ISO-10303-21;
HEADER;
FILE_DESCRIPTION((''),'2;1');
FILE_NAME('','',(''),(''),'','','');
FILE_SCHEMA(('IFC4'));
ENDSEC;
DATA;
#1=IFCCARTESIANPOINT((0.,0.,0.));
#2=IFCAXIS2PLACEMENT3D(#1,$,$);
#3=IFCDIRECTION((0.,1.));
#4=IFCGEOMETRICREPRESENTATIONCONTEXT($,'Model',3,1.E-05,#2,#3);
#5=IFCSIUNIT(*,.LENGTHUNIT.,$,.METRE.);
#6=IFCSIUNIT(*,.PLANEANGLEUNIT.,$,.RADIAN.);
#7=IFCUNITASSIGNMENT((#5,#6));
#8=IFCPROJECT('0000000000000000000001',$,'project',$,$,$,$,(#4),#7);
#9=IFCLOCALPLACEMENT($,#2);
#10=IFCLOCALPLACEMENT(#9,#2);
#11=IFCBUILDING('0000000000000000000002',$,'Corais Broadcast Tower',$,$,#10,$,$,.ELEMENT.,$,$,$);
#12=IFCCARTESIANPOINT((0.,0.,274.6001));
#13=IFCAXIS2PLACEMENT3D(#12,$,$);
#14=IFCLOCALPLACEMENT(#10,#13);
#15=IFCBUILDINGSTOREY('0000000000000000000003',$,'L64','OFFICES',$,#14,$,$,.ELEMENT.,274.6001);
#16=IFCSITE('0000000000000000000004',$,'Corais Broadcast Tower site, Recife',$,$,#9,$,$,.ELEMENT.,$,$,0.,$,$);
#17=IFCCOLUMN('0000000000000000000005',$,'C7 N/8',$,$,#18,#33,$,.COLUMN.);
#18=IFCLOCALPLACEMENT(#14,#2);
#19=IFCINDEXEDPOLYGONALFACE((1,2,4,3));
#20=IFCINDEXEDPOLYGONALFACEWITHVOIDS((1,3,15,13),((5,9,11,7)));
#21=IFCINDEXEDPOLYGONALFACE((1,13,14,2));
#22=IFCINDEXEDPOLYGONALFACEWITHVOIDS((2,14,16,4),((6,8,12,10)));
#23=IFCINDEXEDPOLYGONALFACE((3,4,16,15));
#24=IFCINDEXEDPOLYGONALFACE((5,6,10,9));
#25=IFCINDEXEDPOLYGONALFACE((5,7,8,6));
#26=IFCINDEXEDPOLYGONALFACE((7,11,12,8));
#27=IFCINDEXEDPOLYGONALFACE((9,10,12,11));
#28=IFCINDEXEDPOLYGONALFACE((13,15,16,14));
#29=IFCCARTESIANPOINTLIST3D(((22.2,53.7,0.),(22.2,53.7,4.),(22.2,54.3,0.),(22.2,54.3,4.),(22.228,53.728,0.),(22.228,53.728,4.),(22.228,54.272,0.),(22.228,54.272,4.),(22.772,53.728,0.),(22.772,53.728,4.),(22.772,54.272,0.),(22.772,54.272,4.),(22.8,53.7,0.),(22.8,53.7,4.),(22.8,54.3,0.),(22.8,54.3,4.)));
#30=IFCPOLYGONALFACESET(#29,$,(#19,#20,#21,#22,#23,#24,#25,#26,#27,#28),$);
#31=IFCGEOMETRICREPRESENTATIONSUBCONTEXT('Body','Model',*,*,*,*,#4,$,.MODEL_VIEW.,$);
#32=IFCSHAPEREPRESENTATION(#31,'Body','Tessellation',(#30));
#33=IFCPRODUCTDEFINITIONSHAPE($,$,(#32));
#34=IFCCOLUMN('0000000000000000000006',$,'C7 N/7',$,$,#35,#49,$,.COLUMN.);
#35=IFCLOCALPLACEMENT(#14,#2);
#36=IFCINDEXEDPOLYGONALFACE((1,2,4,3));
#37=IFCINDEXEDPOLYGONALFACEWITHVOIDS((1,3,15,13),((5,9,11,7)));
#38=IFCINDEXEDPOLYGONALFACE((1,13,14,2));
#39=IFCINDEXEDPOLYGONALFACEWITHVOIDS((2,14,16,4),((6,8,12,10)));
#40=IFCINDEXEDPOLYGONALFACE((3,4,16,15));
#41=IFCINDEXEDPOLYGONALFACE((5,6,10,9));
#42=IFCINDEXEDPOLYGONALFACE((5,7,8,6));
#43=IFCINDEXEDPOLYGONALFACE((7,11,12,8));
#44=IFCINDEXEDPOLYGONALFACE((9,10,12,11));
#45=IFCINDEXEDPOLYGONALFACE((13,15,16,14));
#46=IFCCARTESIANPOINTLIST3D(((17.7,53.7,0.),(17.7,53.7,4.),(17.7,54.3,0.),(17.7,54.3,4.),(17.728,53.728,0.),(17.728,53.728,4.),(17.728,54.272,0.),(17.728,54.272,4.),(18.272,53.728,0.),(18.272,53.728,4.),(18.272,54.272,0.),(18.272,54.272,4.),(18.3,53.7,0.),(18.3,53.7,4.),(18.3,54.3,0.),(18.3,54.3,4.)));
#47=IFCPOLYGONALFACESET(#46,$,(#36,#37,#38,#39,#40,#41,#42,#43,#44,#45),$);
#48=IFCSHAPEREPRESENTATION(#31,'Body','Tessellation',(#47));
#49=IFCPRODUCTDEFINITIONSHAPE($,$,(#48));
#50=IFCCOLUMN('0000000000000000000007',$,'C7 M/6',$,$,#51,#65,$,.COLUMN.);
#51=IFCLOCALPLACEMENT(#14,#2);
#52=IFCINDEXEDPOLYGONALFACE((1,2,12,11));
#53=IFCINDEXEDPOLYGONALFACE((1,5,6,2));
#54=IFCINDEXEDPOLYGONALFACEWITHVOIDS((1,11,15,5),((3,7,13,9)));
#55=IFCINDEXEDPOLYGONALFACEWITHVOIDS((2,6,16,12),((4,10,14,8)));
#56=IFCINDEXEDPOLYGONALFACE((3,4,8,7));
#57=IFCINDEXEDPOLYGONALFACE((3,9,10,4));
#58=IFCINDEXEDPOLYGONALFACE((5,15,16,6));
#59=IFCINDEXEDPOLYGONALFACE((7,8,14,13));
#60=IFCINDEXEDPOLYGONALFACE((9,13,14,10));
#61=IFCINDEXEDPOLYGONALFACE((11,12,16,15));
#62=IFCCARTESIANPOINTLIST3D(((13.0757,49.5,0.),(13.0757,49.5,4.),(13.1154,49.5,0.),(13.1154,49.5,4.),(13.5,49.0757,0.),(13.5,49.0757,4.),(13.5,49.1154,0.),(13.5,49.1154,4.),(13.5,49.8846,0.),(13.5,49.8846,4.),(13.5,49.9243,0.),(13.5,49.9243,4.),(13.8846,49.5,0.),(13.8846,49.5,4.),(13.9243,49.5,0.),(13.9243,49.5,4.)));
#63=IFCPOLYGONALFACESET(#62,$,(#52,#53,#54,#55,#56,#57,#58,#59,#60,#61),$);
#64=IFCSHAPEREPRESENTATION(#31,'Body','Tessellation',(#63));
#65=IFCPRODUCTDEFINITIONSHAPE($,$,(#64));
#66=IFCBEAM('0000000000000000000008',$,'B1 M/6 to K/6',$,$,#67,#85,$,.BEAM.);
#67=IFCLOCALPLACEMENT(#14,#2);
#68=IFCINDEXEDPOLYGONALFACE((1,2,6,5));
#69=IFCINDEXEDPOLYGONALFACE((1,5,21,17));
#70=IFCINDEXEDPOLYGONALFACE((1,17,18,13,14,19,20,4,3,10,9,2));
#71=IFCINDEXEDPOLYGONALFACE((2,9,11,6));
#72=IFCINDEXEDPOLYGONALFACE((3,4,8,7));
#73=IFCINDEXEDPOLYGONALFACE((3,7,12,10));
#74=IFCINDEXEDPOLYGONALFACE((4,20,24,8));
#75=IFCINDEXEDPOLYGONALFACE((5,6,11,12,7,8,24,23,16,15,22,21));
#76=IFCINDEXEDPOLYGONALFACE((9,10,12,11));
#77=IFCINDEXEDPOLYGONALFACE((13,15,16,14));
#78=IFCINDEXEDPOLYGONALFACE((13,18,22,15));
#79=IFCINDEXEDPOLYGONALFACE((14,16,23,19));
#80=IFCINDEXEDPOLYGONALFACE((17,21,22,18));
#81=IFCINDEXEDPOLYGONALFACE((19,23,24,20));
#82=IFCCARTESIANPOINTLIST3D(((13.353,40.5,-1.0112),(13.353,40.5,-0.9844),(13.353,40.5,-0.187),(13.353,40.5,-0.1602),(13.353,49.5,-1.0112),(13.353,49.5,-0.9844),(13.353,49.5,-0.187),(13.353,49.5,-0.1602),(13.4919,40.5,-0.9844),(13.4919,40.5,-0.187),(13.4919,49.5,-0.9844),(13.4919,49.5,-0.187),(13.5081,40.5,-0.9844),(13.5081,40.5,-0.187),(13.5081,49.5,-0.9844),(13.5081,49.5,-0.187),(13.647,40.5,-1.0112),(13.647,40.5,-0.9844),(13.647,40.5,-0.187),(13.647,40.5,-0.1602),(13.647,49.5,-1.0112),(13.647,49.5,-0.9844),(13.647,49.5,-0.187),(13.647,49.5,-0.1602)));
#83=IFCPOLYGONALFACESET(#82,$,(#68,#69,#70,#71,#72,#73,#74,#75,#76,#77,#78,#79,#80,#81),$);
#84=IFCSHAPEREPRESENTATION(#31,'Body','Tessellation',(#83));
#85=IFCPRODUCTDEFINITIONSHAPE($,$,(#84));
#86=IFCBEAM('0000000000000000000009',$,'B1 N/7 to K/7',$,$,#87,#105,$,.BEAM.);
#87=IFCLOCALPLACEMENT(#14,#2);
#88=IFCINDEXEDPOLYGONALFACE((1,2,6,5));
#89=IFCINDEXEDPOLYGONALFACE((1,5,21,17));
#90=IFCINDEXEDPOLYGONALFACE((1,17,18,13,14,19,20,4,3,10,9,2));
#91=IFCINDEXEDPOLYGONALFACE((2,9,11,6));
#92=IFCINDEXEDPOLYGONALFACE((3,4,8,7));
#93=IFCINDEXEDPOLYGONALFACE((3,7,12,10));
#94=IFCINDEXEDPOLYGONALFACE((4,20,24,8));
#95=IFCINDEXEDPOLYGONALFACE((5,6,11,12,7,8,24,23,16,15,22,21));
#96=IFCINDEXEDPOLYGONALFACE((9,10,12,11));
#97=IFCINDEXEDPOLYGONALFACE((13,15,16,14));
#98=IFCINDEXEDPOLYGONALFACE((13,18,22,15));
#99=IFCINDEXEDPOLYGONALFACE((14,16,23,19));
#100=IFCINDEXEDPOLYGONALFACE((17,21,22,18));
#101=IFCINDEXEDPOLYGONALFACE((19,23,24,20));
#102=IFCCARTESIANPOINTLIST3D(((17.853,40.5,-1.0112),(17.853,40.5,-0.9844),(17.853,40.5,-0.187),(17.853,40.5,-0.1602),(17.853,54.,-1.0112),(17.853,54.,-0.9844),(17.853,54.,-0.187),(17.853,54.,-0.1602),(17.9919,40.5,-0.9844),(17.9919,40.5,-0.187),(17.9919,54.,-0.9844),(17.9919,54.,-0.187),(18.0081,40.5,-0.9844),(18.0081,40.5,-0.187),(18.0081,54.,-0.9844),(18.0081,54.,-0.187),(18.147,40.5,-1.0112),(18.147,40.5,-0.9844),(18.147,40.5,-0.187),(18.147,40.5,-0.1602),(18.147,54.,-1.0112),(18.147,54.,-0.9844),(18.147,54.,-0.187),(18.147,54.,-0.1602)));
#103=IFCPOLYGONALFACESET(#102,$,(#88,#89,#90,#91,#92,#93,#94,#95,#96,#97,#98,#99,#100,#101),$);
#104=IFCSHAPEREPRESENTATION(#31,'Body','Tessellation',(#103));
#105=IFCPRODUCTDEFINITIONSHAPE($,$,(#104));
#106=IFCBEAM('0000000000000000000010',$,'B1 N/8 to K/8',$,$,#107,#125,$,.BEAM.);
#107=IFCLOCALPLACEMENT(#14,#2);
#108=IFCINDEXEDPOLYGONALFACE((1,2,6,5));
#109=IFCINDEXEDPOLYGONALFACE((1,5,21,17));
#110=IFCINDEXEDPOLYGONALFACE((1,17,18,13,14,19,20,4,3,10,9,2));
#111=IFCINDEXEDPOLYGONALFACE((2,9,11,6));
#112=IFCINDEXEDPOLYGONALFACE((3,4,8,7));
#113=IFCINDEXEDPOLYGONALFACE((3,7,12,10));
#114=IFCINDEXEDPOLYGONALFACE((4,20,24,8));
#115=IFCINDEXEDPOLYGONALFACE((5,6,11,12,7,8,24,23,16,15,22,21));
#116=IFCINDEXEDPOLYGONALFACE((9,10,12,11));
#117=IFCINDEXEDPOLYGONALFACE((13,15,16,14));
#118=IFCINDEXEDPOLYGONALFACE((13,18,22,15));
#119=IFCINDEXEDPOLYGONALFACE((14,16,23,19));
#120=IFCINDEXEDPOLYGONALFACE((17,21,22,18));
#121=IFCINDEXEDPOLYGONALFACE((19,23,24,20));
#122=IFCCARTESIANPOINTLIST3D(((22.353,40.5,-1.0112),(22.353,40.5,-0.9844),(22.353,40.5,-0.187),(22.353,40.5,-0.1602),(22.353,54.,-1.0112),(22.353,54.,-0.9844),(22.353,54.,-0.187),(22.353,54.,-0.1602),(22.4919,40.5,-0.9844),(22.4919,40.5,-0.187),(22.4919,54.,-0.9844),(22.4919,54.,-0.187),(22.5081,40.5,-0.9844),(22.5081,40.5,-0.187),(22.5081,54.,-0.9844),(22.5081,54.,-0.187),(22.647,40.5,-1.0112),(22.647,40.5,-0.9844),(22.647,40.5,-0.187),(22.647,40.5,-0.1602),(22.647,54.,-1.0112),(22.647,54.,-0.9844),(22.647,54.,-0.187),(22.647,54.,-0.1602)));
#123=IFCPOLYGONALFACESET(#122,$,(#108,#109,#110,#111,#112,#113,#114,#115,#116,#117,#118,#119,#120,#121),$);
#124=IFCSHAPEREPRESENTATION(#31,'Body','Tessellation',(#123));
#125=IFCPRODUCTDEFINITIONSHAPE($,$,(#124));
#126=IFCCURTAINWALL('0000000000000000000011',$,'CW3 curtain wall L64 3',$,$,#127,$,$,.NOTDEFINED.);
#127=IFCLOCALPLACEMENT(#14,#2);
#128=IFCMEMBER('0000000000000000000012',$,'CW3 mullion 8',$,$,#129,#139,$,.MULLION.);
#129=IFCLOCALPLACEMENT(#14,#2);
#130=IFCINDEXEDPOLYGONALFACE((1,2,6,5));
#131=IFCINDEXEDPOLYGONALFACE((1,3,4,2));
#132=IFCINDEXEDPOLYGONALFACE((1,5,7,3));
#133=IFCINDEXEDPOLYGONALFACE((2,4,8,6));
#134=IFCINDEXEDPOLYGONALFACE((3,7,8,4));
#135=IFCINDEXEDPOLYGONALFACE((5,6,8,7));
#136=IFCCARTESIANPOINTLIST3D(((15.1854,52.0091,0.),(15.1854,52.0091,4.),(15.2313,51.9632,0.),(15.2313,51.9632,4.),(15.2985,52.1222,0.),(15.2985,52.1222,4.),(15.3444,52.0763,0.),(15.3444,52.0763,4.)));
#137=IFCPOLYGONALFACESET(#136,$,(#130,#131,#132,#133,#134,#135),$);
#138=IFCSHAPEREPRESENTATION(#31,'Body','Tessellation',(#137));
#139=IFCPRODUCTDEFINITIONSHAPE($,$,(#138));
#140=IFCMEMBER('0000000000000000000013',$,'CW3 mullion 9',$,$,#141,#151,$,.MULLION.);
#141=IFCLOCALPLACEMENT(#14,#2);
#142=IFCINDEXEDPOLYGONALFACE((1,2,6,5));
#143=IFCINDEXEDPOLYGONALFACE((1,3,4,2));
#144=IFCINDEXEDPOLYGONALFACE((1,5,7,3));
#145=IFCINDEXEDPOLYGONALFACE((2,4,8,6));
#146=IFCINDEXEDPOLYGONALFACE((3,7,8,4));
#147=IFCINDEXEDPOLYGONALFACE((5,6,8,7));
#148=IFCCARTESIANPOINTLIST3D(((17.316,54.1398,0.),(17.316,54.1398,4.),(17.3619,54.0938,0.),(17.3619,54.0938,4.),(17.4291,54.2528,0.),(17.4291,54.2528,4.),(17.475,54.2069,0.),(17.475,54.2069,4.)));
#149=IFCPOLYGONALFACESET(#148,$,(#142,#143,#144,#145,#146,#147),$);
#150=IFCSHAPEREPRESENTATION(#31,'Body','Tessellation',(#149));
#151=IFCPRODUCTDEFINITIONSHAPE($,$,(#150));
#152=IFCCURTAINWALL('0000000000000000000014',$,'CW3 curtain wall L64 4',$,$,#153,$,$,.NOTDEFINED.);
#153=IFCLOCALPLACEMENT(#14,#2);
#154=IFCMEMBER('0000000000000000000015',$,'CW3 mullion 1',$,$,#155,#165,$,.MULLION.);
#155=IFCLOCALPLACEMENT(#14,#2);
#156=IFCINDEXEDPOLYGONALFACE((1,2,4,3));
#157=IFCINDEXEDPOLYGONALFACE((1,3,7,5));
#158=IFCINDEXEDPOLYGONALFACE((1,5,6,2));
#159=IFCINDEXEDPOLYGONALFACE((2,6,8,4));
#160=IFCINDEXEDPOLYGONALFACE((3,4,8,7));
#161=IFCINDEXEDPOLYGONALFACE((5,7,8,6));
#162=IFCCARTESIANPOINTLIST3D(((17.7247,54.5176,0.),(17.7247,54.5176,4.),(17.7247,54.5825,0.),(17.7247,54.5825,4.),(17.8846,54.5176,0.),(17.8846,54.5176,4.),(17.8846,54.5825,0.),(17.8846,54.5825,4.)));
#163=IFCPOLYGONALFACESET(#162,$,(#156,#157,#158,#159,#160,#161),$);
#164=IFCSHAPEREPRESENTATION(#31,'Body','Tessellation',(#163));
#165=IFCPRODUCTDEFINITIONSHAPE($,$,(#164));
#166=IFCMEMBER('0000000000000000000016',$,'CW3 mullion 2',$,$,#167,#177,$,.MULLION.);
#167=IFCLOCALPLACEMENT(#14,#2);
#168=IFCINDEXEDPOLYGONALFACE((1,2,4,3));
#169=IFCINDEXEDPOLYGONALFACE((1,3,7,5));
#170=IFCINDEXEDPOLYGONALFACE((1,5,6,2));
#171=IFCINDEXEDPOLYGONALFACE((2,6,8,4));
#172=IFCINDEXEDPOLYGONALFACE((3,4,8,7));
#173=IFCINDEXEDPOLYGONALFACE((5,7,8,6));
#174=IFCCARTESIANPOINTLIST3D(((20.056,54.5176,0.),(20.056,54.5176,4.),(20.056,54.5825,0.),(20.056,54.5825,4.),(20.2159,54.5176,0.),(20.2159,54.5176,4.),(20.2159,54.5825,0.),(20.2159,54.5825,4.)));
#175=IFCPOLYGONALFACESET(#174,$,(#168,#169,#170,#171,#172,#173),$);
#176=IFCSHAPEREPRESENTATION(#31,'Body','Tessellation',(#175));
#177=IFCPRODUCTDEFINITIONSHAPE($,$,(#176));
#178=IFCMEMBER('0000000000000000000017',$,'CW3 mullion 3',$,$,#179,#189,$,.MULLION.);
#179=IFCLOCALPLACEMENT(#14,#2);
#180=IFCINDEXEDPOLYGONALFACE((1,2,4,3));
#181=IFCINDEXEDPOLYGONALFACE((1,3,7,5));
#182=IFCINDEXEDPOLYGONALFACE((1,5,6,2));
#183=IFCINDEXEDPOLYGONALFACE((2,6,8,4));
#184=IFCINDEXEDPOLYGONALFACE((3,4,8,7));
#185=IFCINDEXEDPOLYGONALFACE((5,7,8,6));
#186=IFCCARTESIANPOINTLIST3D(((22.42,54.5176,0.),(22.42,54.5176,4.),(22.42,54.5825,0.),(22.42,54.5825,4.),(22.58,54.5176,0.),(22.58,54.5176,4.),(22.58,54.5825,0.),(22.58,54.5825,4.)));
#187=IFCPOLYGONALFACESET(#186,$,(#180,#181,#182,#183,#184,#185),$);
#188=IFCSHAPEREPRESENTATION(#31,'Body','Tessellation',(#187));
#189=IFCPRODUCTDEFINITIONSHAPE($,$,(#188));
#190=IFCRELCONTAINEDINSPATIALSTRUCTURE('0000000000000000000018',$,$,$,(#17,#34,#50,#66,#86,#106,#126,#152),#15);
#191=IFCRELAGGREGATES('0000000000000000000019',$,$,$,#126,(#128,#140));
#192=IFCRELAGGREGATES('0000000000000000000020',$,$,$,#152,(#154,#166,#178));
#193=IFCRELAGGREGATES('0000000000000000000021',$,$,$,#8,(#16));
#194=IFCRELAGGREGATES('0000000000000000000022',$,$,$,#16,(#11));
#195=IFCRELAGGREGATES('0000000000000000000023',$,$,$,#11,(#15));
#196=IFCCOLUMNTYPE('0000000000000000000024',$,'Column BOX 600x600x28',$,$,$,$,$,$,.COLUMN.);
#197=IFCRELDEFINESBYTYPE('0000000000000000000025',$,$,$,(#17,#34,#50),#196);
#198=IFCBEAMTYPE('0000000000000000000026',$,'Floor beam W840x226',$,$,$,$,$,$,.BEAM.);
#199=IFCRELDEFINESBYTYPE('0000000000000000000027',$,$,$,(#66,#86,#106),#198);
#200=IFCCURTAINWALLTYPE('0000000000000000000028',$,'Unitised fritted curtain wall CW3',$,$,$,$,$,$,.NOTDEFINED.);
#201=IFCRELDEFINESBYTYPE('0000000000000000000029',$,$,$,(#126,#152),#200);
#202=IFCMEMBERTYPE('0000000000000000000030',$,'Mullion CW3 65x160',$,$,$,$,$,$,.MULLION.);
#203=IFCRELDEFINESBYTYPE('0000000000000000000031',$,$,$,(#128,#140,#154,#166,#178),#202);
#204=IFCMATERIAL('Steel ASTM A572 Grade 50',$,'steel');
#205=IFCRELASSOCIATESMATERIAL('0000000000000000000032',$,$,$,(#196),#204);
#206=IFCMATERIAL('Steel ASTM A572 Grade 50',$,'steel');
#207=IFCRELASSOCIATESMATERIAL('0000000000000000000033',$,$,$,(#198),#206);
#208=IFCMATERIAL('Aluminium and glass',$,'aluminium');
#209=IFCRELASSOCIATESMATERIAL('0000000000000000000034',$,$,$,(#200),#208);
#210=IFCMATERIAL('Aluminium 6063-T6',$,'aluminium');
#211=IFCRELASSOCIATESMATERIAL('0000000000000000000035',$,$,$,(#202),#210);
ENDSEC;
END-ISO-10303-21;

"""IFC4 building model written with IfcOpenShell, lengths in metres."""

from ifc_helpers import new_model, si_unit, direction, frame, origin, origin_2d, place, context, subcontext, project, spatial, rectangle, hollow_rectangle, i_section, extrude, material, material_profile, profile_set, type_object, element, aggregate, save


model = new_model("IFC4")

# Units and contexts
model_context = context("Model", 3, precision=1e-05, world=origin(), true_north=direction((0.0, 1.0)))
body_context = subcontext(model_context, "Body", "Model", "MODEL_VIEW")
ifc_project = project(units=[si_unit("LENGTHUNIT", "METRE"), si_unit("PLANEANGLEUNIT", "RADIAN")], contexts=[model_context])

# Site, building, storey
site_placement = place(None, origin())
site = spatial("IfcSite", under=ifc_project, at=site_placement, Name="Corais Broadcast Tower site, Recife", CompositionType="ELEMENT", RefElevation=0.0)
building_placement = place(site_placement, origin())
building = spatial("IfcBuilding", under=site, at=building_placement, Name="Corais Broadcast Tower", CompositionType="ELEMENT")
storey_placement = place(building_placement, frame((0.0, 0.0, 274.6001)))
storey = spatial("IfcBuildingStorey", under=building, at=storey_placement, Name="L64", Description="OFFICES", CompositionType="ELEMENT", Elevation=274.6001)

# Columns
ifc_material_1 = material(Name="Steel ASTM A572 Grade 50", Category="steel")
ifc_material_profile_1 = material_profile(ifc_material_1, hollow_rectangle(XDim=0.6001, YDim=0.6001, WallThickness=0.0281, at=origin_2d()), Name="BOX 600x600x28")
ifc_profile_set_1 = profile_set([ifc_material_profile_1], Name="Steel ASTM A572 Grade 50")
column_type = type_object("IfcColumnType", Name="Column BOX 600x600x28", PredefinedType="COLUMN", material=ifc_profile_set_1)
for number, where, z_axis, x_axis, name in (
    (1, (22.5, 54.0, 0.0), (0.0, 0.0, 1.0), (1.0, 0.0, 0.0), "C7 N/8"),
    (2, (18.0, 54.0, 0.0), (0.0, 0.0, 1.0), (1.0, 0.0, 0.0), "C7 N/7"),
    (3, (13.5, 49.5, 0.0), (0.0, 0.0, 1.0), (0.707107, 0.707107, 0.0), "C7 M/6"),
):
    element("IfcColumn", number, at=place(storey_placement, frame(where, z_axis=z_axis, x_axis=x_axis)), inside=storey, type_object=column_type, Name=name, PredefinedType="COLUMN", context=body_context, shape_type="SweptSolid", body=[
        extrude(hollow_rectangle(XDim=0.6001, YDim=0.6001, WallThickness=0.0281, at=origin_2d()), origin(), (0.0, 0.0, 1.0), 4.0),
    ])

# Beams
ifc_material_2 = material(Name="Steel ASTM A572 Grade 50", Category="steel")
ifc_material_profile_2 = material_profile(ifc_material_2, i_section(OverallWidth=0.2939, OverallDepth=0.8511, WebThickness=0.0161, FlangeThickness=0.0269, at=origin_2d()), Name="W840x226")
ifc_profile_set_2 = profile_set([ifc_material_profile_2], Name="Steel ASTM A572 Grade 50")
beam_type_1 = type_object("IfcBeamType", Name="Floor beam W840x226", PredefinedType="BEAM", material=ifc_profile_set_2)
beam_1_placement = place(storey_placement, frame((13.5, 49.5, -0.5857), z_axis=(0.0, -1.0, 0.0), x_axis=(1.0, 0.0, 0.0)))
element("IfcBeam", 4, at=beam_1_placement, inside=storey, type_object=beam_type_1, Name="B1 M/6 to K/6", PredefinedType="BEAM", context=body_context, shape_type="SweptSolid", body=[
    extrude(i_section(OverallWidth=0.2939, OverallDepth=0.8511, WebThickness=0.0161, FlangeThickness=0.0269, at=origin_2d()), origin(), (0.0, 0.0, 1.0), 9.0),
])
for number, where, z_axis, x_axis, name in (
    (5, (18.0, 54.0, -0.5857), (0.0, -1.0, 0.0), (1.0, 0.0, 0.0), "B1 N/7 to K/7"),
    (6, (22.5, 54.0, -0.5857), (0.0, -1.0, 0.0), (1.0, 0.0, 0.0), "B1 N/8 to K/8"),
):
    element("IfcBeam", number, at=place(storey_placement, frame(where, z_axis=z_axis, x_axis=x_axis)), inside=storey, type_object=beam_type_1, Name=name, PredefinedType="BEAM", context=body_context, shape_type="SweptSolid", body=[
        extrude(i_section(OverallWidth=0.2939, OverallDepth=0.8511, WebThickness=0.0161, FlangeThickness=0.0269, at=origin_2d()), origin(), (0.0, 0.0, 1.0), 13.5),
    ])

# Curtain walls, members
ifc_material_3 = material(Name="Aluminium and glass", Category="aluminium")
curtain_wall_type = type_object("IfcCurtainWallType", Name="Unitised fritted curtain wall CW3", PredefinedType="NOTDEFINED", material=ifc_material_3)
curtain_wall_1_placement = place(storey_placement, origin())
curtain_wall_1 = element("IfcCurtainWall", 7, at=curtain_wall_1_placement, inside=storey, type_object=curtain_wall_type, Name="CW3 curtain wall L64 3", PredefinedType="NOTDEFINED")
ifc_material_4 = material(Name="Aluminium 6063-T6", Category="aluminium")
ifc_material_profile_3 = material_profile(ifc_material_4, rectangle(XDim=0.0649, YDim=0.1599, at=origin_2d()), Name="Mullion CW3 65x160")
ifc_profile_set_3 = profile_set([ifc_material_profile_3], Name="Aluminium 6063-T6")
member_type_1 = type_object("IfcMemberType", Name="Mullion CW3 65x160", PredefinedType="MULLION", material=ifc_profile_set_3)
member_1_placement = place(storey_placement, frame((15.2649, 52.0427, 0.0), z_axis=(0.0, 0.0, 1.0), x_axis=(-0.707107, 0.707107, 0.0)))
member_1 = element("IfcMember", 8, at=member_1_placement, type_object=member_type_1, Name="CW3 mullion 8", PredefinedType="MULLION", context=body_context, shape_type="SweptSolid", body=[
    extrude(rectangle(XDim=0.0649, YDim=0.1599, at=origin_2d()), origin(), (0.0, 0.0, 1.0), 4.0),
])
member_2_placement = place(storey_placement, frame((17.3955, 54.1733, 0.0), z_axis=(0.0, 0.0, 1.0), x_axis=(-0.707107, 0.707107, 0.0)))
member_2 = element("IfcMember", 9, at=member_2_placement, type_object=member_type_1, Name="CW3 mullion 9", PredefinedType="MULLION", context=body_context, shape_type="SweptSolid", body=[
    extrude(rectangle(XDim=0.0649, YDim=0.1599, at=origin_2d()), origin(), (0.0, 0.0, 1.0), 4.0),
])
curtain_wall_2_placement = place(storey_placement, origin())
curtain_wall_2 = element("IfcCurtainWall", 10, at=curtain_wall_2_placement, inside=storey, type_object=curtain_wall_type, Name="CW3 curtain wall L64 4", PredefinedType="NOTDEFINED")
member_3_placement = place(storey_placement, frame((17.8047, 54.55, 0.0), z_axis=(0.0, 0.0, 1.0), x_axis=(0.0, 1.0, 0.0)))
member_3 = element("IfcMember", 11, at=member_3_placement, type_object=member_type_1, Name="CW3 mullion 1", PredefinedType="MULLION", context=body_context, shape_type="SweptSolid", body=[
    extrude(rectangle(XDim=0.0649, YDim=0.1599, at=origin_2d()), origin(), (0.0, 0.0, 1.0), 4.0),
])
member_4_placement = place(storey_placement, frame((20.136, 54.55, 0.0), z_axis=(0.0, 0.0, 1.0), x_axis=(0.0, 1.0, 0.0)))
member_4 = element("IfcMember", 12, at=member_4_placement, type_object=member_type_1, Name="CW3 mullion 2", PredefinedType="MULLION", context=body_context, shape_type="SweptSolid", body=[
    extrude(rectangle(XDim=0.0649, YDim=0.1599, at=origin_2d()), origin(), (0.0, 0.0, 1.0), 4.0),
])
member_5_placement = place(storey_placement, frame((22.5, 54.55, 0.0), z_axis=(0.0, 0.0, 1.0), x_axis=(0.0, 1.0, 0.0)))
member_5 = element("IfcMember", 13, at=member_5_placement, type_object=member_type_1, Name="CW3 mullion 3", PredefinedType="MULLION", context=body_context, shape_type="SweptSolid", body=[
    extrude(rectangle(XDim=0.0649, YDim=0.1599, at=origin_2d()), origin(), (0.0, 0.0, 1.0), 4.0),
])

aggregate(curtain_wall_1, [member_1, member_2])
aggregate(curtain_wall_2, [member_3, member_4, member_5])

save(model, "model.ifc")
